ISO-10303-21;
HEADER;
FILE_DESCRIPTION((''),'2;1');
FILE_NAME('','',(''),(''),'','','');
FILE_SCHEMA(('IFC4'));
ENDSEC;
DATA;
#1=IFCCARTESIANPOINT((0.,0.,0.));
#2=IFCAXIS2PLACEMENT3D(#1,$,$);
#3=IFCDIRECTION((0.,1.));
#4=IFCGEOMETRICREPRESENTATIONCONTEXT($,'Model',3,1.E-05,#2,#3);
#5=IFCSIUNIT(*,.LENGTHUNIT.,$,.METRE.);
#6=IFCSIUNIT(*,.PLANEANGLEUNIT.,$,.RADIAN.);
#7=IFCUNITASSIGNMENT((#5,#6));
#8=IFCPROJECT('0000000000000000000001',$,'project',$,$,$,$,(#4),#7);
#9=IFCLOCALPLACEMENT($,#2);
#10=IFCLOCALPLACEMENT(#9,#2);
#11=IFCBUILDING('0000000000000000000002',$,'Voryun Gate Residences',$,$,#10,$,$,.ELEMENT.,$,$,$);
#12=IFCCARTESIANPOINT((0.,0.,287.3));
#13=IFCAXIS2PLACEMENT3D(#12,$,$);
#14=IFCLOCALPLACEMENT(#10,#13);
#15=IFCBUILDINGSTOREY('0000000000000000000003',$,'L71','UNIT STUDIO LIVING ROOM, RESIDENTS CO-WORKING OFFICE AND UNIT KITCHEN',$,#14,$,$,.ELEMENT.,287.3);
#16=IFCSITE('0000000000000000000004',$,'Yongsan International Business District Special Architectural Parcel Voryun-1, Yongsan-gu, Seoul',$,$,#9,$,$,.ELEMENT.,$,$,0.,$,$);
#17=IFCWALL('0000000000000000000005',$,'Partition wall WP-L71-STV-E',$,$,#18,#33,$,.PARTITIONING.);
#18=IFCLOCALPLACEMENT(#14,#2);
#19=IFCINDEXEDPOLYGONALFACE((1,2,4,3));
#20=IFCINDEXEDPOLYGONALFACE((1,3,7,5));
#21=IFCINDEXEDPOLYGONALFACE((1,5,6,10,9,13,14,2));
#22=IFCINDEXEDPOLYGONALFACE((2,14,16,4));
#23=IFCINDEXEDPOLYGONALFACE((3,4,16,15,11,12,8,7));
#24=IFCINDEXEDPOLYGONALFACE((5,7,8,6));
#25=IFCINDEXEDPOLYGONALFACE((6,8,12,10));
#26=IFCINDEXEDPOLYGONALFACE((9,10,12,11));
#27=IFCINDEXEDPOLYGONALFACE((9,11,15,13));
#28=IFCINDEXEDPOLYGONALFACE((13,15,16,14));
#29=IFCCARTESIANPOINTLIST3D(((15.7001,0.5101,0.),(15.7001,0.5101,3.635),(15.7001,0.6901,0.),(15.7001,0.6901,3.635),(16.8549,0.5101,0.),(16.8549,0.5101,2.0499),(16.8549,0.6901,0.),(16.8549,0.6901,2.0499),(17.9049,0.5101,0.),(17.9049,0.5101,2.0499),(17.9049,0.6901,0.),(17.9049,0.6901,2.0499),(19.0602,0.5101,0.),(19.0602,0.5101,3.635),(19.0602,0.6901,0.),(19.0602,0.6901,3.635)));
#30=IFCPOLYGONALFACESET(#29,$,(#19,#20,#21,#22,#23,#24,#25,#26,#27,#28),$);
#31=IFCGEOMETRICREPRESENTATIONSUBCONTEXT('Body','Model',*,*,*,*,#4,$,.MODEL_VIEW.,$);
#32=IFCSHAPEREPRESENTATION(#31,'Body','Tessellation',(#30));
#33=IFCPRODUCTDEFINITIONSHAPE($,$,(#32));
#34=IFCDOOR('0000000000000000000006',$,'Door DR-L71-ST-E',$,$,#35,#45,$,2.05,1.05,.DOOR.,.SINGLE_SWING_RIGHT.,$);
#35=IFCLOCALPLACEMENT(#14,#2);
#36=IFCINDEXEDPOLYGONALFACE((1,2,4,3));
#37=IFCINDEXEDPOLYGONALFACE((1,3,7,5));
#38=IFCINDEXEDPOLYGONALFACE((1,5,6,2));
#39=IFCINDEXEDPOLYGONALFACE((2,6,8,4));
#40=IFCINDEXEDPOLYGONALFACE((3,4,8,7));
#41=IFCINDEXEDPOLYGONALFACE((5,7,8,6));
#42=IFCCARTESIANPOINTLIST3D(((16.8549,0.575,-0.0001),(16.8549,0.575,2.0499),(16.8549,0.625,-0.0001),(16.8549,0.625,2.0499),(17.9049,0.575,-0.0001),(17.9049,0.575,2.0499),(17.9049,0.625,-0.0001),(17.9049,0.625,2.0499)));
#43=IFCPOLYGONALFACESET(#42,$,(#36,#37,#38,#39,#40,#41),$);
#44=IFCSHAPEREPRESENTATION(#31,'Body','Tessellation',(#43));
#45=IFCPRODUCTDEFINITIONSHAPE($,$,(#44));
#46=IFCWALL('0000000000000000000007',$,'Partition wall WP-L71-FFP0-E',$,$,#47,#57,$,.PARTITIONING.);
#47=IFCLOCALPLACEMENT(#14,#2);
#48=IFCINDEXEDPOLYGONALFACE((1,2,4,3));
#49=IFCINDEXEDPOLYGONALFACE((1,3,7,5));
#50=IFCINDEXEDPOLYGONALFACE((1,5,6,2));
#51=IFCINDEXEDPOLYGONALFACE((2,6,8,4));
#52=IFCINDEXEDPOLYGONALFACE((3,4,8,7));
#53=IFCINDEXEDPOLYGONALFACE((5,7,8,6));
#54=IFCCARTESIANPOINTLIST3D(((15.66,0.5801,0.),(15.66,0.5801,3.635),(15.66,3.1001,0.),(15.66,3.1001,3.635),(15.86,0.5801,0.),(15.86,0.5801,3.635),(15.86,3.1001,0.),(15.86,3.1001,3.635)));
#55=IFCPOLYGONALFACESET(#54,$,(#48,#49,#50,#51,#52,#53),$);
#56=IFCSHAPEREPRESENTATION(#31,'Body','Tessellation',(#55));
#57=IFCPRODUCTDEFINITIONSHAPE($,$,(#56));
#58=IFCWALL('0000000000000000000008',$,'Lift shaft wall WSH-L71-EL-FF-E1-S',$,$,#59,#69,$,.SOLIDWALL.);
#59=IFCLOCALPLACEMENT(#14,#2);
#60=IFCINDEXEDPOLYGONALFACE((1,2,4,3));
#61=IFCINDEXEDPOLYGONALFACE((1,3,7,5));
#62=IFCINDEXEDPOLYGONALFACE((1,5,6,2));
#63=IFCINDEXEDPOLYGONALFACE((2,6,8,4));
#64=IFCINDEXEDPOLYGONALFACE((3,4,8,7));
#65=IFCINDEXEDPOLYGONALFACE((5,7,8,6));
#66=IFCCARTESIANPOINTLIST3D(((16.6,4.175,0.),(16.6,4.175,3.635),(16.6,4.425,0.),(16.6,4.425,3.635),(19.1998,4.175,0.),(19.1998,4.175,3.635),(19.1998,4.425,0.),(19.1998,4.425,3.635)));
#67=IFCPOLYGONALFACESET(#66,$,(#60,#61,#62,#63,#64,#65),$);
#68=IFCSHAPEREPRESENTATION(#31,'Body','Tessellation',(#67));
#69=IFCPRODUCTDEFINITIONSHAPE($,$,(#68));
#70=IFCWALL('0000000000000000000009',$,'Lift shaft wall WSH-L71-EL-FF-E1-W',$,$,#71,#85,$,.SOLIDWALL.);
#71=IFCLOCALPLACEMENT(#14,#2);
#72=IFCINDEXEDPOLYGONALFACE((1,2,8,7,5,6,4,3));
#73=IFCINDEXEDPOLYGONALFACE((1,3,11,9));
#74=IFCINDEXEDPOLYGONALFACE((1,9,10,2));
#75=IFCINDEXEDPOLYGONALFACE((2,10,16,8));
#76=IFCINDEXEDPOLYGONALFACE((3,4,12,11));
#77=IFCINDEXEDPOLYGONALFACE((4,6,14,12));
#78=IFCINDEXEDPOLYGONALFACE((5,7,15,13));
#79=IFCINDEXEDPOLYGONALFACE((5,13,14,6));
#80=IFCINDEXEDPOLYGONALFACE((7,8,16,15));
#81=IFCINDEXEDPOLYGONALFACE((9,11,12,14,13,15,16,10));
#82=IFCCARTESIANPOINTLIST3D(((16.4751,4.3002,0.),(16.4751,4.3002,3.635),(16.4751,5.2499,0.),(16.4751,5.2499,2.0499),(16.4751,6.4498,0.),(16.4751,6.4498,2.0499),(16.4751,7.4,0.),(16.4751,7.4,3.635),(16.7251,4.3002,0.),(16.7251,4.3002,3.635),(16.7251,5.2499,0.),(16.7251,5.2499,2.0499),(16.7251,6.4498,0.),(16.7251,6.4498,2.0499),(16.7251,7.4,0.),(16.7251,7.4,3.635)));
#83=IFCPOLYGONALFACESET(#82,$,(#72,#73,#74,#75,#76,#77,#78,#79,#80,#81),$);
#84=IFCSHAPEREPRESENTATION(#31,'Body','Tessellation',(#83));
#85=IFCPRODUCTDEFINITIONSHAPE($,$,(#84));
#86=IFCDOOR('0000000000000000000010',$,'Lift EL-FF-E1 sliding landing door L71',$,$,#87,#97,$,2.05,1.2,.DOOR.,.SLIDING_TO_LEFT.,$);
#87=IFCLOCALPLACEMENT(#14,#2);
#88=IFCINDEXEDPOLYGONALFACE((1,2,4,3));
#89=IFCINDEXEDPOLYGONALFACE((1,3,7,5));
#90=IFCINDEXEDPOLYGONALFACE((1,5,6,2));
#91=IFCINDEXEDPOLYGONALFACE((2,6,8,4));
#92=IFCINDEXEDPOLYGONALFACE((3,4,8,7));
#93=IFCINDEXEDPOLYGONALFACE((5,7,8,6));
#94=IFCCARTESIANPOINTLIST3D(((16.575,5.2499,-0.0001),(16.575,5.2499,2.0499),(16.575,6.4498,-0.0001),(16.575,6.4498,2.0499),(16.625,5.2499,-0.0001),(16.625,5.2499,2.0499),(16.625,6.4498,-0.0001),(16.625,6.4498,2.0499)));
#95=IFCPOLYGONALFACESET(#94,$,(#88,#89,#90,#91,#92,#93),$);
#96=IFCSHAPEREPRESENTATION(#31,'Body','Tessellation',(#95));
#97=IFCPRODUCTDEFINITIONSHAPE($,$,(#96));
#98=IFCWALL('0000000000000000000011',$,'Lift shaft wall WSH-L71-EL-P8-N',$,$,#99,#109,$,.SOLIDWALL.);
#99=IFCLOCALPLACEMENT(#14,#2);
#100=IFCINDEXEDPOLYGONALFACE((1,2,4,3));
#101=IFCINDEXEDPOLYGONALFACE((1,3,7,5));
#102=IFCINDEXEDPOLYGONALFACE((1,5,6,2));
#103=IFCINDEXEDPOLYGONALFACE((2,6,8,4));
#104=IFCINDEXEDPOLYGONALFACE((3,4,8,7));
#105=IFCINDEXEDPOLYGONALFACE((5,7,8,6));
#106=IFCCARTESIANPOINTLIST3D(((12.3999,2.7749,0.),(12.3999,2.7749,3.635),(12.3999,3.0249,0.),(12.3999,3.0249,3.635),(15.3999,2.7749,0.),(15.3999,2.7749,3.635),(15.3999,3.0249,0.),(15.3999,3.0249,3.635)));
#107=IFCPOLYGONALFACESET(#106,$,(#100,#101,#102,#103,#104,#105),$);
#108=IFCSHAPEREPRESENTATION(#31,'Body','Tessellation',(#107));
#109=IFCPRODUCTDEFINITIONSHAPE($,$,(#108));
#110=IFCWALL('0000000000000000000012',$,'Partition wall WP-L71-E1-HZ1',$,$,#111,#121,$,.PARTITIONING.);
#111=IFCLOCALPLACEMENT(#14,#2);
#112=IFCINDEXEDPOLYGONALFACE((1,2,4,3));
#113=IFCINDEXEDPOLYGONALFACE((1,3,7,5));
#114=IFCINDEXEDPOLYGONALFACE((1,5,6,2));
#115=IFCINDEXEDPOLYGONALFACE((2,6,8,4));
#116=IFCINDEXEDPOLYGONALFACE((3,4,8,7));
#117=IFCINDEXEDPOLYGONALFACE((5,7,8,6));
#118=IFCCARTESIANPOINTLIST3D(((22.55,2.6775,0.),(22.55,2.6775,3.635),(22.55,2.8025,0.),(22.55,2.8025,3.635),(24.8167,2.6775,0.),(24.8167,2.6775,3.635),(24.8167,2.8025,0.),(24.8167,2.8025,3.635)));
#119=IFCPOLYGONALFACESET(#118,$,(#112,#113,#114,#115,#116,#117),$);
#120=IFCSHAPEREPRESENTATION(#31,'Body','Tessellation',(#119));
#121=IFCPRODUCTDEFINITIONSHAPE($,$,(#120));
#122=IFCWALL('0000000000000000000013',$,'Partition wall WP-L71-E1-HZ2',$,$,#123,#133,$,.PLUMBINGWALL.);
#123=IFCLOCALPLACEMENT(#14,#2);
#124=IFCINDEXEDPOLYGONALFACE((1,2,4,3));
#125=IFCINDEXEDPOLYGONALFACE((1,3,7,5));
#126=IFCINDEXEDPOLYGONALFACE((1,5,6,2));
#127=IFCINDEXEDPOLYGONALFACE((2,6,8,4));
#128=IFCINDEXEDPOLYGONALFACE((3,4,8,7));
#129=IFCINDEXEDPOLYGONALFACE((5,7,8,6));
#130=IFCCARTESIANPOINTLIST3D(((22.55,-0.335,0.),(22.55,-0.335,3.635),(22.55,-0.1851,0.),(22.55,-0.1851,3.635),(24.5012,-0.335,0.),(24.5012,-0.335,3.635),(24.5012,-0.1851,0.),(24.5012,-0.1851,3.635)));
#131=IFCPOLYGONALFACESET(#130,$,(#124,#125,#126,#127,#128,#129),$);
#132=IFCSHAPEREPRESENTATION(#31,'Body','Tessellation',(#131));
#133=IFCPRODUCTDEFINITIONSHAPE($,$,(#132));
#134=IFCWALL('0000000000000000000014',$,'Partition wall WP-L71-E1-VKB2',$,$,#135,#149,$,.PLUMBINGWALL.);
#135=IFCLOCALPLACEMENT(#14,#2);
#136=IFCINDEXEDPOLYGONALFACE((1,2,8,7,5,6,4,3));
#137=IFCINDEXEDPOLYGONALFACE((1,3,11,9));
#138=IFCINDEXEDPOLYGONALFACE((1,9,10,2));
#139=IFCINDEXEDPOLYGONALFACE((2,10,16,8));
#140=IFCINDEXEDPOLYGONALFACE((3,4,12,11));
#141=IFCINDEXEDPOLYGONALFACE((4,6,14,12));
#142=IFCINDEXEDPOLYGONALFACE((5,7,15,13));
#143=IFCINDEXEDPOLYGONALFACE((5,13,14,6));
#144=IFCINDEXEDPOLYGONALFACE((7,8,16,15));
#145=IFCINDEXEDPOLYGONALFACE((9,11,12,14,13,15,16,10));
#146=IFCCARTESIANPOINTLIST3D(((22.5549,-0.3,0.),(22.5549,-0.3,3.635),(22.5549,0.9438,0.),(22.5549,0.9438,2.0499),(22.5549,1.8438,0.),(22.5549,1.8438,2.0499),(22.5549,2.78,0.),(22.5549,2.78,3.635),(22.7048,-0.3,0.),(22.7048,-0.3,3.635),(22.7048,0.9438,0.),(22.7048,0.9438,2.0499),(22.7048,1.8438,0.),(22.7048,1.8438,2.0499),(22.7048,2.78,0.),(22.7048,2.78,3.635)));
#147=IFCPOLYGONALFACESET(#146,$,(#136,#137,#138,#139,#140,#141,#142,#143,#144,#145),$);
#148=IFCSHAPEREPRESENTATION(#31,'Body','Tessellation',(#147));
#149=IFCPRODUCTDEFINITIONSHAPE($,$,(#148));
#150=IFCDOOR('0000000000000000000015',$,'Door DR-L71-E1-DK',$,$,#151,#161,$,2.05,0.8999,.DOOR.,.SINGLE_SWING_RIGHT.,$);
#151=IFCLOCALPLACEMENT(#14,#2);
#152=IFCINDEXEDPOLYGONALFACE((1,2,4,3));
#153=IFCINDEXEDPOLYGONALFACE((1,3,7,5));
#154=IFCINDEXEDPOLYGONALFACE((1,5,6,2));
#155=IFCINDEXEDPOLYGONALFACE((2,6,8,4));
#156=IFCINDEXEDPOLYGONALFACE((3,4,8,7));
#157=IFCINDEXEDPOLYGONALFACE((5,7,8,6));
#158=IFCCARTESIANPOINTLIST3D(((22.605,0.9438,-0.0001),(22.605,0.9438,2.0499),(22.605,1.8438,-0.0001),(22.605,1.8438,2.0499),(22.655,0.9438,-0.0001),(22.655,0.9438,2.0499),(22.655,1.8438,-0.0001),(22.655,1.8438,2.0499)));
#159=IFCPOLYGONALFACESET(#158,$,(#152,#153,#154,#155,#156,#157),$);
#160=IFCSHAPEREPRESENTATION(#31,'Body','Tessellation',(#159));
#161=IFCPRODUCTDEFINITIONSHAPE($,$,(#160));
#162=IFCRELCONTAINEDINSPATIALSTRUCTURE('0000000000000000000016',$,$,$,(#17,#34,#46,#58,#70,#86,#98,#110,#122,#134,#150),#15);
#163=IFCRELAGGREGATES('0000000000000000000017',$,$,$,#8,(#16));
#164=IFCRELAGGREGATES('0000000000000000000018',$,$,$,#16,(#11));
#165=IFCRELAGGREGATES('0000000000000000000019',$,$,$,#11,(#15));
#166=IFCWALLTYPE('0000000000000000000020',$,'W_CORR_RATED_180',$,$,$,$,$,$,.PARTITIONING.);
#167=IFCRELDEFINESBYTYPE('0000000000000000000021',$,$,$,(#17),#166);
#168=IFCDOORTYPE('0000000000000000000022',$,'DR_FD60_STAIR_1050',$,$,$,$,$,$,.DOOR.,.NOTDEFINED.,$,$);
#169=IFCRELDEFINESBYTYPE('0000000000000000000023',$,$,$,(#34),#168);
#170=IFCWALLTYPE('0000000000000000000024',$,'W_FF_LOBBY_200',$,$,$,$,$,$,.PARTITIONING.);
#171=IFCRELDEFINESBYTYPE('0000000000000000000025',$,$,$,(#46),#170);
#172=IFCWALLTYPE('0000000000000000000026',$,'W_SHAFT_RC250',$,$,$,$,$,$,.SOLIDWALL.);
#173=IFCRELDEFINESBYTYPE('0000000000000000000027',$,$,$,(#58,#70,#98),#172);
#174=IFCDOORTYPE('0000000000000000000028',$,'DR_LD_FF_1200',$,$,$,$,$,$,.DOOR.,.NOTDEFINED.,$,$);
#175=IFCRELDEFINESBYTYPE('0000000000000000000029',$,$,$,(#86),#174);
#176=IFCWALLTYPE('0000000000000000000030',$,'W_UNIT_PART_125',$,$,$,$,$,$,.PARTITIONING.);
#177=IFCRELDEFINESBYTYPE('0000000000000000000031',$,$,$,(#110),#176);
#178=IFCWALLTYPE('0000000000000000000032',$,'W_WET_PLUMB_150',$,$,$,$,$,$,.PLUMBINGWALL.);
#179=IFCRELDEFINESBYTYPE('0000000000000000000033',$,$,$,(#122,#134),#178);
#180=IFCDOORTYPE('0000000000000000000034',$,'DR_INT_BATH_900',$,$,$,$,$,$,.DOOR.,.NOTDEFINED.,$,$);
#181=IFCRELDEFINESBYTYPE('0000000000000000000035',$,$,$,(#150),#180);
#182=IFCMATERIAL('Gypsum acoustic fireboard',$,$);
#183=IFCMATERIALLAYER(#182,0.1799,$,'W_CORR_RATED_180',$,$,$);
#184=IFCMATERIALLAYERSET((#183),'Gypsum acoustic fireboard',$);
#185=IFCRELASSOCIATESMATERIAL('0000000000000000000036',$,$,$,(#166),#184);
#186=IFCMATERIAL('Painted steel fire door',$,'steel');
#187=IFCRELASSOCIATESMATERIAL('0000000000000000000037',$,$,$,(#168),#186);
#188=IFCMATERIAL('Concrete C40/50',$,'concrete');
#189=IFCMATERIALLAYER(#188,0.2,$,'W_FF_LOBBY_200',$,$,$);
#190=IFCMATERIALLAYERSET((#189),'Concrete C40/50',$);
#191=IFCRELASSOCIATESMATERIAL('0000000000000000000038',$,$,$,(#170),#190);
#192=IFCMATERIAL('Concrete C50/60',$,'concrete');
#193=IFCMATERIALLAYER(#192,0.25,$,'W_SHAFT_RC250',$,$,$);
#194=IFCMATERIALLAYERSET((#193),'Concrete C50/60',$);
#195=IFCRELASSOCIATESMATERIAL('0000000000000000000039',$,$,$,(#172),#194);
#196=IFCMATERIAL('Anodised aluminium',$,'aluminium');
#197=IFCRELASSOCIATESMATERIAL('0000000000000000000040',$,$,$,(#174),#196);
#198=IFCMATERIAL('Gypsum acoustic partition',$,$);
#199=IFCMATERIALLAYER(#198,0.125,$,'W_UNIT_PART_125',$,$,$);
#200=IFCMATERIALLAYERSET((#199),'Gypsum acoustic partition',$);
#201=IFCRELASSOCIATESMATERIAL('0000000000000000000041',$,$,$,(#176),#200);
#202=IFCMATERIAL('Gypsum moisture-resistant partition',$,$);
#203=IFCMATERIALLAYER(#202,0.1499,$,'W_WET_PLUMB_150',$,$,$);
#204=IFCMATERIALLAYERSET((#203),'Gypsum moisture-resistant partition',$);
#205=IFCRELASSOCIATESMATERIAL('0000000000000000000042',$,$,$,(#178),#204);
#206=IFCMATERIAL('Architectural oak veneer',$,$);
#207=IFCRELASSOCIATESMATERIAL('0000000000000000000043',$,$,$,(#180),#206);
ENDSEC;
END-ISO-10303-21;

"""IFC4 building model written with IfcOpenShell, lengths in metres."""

from ifc_helpers import new_model, si_unit, direction, frame, frame_2d, origin, place, context, subcontext, project, spatial, rectangle, extrude, material, layer, layer_set, type_object, element, fill, save


model = new_model("IFC4")

# Units and contexts
model_context = context("Model", 3, precision=1e-05, world=origin(), true_north=direction((0.0, 1.0)))
body_context = subcontext(model_context, "Body", "Model", "MODEL_VIEW")
ifc_project = project(units=[si_unit("LENGTHUNIT", "METRE"), si_unit("PLANEANGLEUNIT", "RADIAN")], contexts=[model_context])

# Site, building, storey
site_placement = place(None, origin())
site = spatial("IfcSite", under=ifc_project, at=site_placement, Name="Yongsan International Business District Special Architectural Parcel Voryun-1, Yongsan-gu, Seoul", CompositionType="ELEMENT", RefElevation=0.0)
building_placement = place(site_placement, origin())
building = spatial("IfcBuilding", under=site, at=building_placement, Name="Voryun Gate Residences", CompositionType="ELEMENT")
storey_placement = place(building_placement, frame((0.0, 0.0, 287.3)))
storey = spatial("IfcBuildingStorey", under=building, at=storey_placement, Name="L71", Description="UNIT STUDIO LIVING ROOM, RESIDENTS CO-WORKING OFFICE AND UNIT KITCHEN", CompositionType="ELEMENT", Elevation=287.3)

# Wall, opening, door
ifc_material_1 = material(Name="Gypsum acoustic fireboard")
ifc_layer_1 = layer(ifc_material_1, 0.1799, Name="W_CORR_RATED_180")
ifc_layer_set_1 = layer_set([ifc_layer_1], Name="Gypsum acoustic fireboard")
wall_type_1 = type_object("IfcWallType", Name="W_CORR_RATED_180", PredefinedType="PARTITIONING", material=ifc_layer_set_1)
wall_1_placement = place(storey_placement, frame((15.7, 0.6001, 0.0), z_axis=(0.0, 0.0, 1.0), x_axis=(1.0, 0.0, 0.0)))
wall_1 = element("IfcWall", 1, at=wall_1_placement, inside=storey, type_object=wall_type_1, Name="Partition wall WP-L71-STV-E", PredefinedType="PARTITIONING", context=body_context, shape_type="SweptSolid", body=[
    extrude(rectangle(XDim=3.3601, YDim=0.1799, at=frame_2d((1.6802, 0.0))), origin(), (0.0, 0.0, 1.0), 3.635),
])
opening_1_placement = place(wall_1_placement, frame((1.155, 0.0, 0.0)))
opening_1 = element("IfcOpeningElement", 2, at=opening_1_placement, cuts=wall_1, PredefinedType="OPENING", context=body_context, shape_type="SweptSolid", body=[
    extrude(rectangle(XDim=1.05, YDim=2.05, at=frame_2d((0.5249, 1.0249))), frame((0.0, 0.0999, 0.0), z_axis=(0.0, -1.0, 0.0), x_axis=(1.0, 0.0, 0.0)), (0.0, 0.0, 1.0), 0.2),
])
ifc_material_2 = material(Name="Painted steel fire door", Category="steel")
door_type_1 = type_object("IfcDoorType", Name="DR_FD60_STAIR_1050", OperationType="NOTDEFINED", PredefinedType="DOOR", material=ifc_material_2)
door_1_placement = place(opening_1_placement, origin())
door_1 = element("IfcDoor", 3, at=door_1_placement, inside=storey, type_object=door_type_1, Name="Door DR-L71-ST-E", OperationType="SINGLE_SWING_RIGHT", OverallHeight=2.05, OverallWidth=1.05, PredefinedType="DOOR", context=body_context, shape_type="SweptSolid", body=[
    extrude(rectangle(XDim=1.05, YDim=2.05, at=frame_2d((0.5249, 1.0249))), frame((0.0, 0.0249, 0.0), z_axis=(0.0, -1.0, 0.0), x_axis=(1.0, 0.0, 0.0)), (0.0, 0.0, 1.0), 0.05),
])
fill(opening_1, door_1)

# Walls
ifc_material_3 = material(Name="Concrete C40/50", Category="concrete")
ifc_layer_2 = layer(ifc_material_3, 0.2, Name="W_FF_LOBBY_200")
ifc_layer_set_2 = layer_set([ifc_layer_2], Name="Concrete C40/50")
wall_type_2 = type_object("IfcWallType", Name="W_FF_LOBBY_200", PredefinedType="PARTITIONING", material=ifc_layer_set_2)
wall_2_placement = place(storey_placement, frame((15.76, 0.5801, 0.0), z_axis=(0.0, 0.0, 1.0), x_axis=(0.0, 1.0, 0.0)))
element("IfcWall", 4, at=wall_2_placement, inside=storey, type_object=wall_type_2, Name="Partition wall WP-L71-FFP0-E", PredefinedType="PARTITIONING", context=body_context, shape_type="SweptSolid", body=[
    extrude(rectangle(XDim=2.52, YDim=0.2, at=frame_2d((1.26, 0.0))), origin(), (0.0, 0.0, 1.0), 3.635),
])
ifc_material_4 = material(Name="Concrete C50/60", Category="concrete")
ifc_layer_3 = layer(ifc_material_4, 0.25, Name="W_SHAFT_RC250")
ifc_layer_set_3 = layer_set([ifc_layer_3], Name="Concrete C50/60")
wall_type_3 = type_object("IfcWallType", Name="W_SHAFT_RC250", PredefinedType="SOLIDWALL", material=ifc_layer_set_3)
wall_3_placement = place(storey_placement, frame((16.6001, 4.3, 0.0), z_axis=(0.0, 0.0, 1.0), x_axis=(1.0, 0.0, 0.0)))
element("IfcWall", 5, at=wall_3_placement, inside=storey, type_object=wall_type_3, Name="Lift shaft wall WSH-L71-EL-FF-E1-S", PredefinedType="SOLIDWALL", context=body_context, shape_type="SweptSolid", body=[
    extrude(rectangle(XDim=2.5999, YDim=0.25, at=frame_2d((1.2998, 0.0))), origin(), (0.0, 0.0, 1.0), 3.635),
])

# Wall, opening, door
wall_4_placement = place(storey_placement, frame((16.6001, 7.3999, 0.0), z_axis=(0.0, 0.0, 1.0), x_axis=(0.0, -1.0, 0.0)))
wall_4 = element("IfcWall", 6, at=wall_4_placement, inside=storey, type_object=wall_type_3, Name="Lift shaft wall WSH-L71-EL-FF-E1-W", PredefinedType="SOLIDWALL", context=body_context, shape_type="SweptSolid", body=[
    extrude(rectangle(XDim=3.0999, YDim=0.25, at=frame_2d((1.5498, 0.0))), origin(), (0.0, 0.0, 1.0), 3.635),
])
opening_2_placement = place(wall_4_placement, frame((0.95, 0.0, 0.0)))
opening_2 = element("IfcOpeningElement", 7, at=opening_2_placement, cuts=wall_4, PredefinedType="OPENING", context=body_context, shape_type="SweptSolid", body=[
    extrude(rectangle(XDim=1.2, YDim=2.05, at=frame_2d((0.6001, 1.0249))), frame((0.0, 0.135, 0.0), z_axis=(0.0, -1.0, 0.0), x_axis=(1.0, 0.0, 0.0)), (0.0, 0.0, 1.0), 0.27),
])
ifc_material_5 = material(Name="Anodised aluminium", Category="aluminium")
door_type_2 = type_object("IfcDoorType", Name="DR_LD_FF_1200", OperationType="NOTDEFINED", PredefinedType="DOOR", material=ifc_material_5)
door_2_placement = place(opening_2_placement, origin())
door_2 = element("IfcDoor", 8, at=door_2_placement, inside=storey, type_object=door_type_2, Name="Lift EL-FF-E1 sliding landing door L71", OperationType="SLIDING_TO_LEFT", OverallHeight=2.05, OverallWidth=1.2, PredefinedType="DOOR", context=body_context, shape_type="SweptSolid", body=[
    extrude(rectangle(XDim=1.2, YDim=2.05, at=frame_2d((0.6001, 1.0249))), frame((0.0, 0.0249, 0.0), z_axis=(0.0, -1.0, 0.0), x_axis=(1.0, 0.0, 0.0)), (0.0, 0.0, 1.0), 0.05),
])
fill(opening_2, door_2)

# Walls
wall_5_placement = place(storey_placement, frame((15.3999, 2.8999, 0.0), z_axis=(0.0, 0.0, 1.0), x_axis=(-1.0, 0.0, 0.0)))
element("IfcWall", 9, at=wall_5_placement, inside=storey, type_object=wall_type_3, Name="Lift shaft wall WSH-L71-EL-P8-N", PredefinedType="SOLIDWALL", context=body_context, shape_type="SweptSolid", body=[
    extrude(rectangle(XDim=3.0, YDim=0.25, at=frame_2d((1.5, 0.0))), origin(), (0.0, 0.0, 1.0), 3.635),
])
ifc_material_6 = material(Name="Gypsum acoustic partition")
ifc_layer_4 = layer(ifc_material_6, 0.125, Name="W_UNIT_PART_125")
ifc_layer_set_4 = layer_set([ifc_layer_4], Name="Gypsum acoustic partition")
wall_type_4 = type_object("IfcWallType", Name="W_UNIT_PART_125", PredefinedType="PARTITIONING", material=ifc_layer_set_4)
wall_6_placement = place(storey_placement, frame((22.55, 2.74, 0.0), z_axis=(0.0, 0.0, 1.0), x_axis=(1.0, 0.0, 0.0)))
element("IfcWall", 10, at=wall_6_placement, inside=storey, type_object=wall_type_4, Name="Partition wall WP-L71-E1-HZ1", PredefinedType="PARTITIONING", context=body_context, shape_type="SweptSolid", body=[
    extrude(rectangle(XDim=2.2666, YDim=0.125, at=frame_2d((1.1333, 0.0))), origin(), (0.0, 0.0, 1.0), 3.635),
])
ifc_material_7 = material(Name="Gypsum moisture-resistant partition")
ifc_layer_5 = layer(ifc_material_7, 0.1499, Name="W_WET_PLUMB_150")
ifc_layer_set_5 = layer_set([ifc_layer_5], Name="Gypsum moisture-resistant partition")
wall_type_5 = type_object("IfcWallType", Name="W_WET_PLUMB_150", PredefinedType="PLUMBINGWALL", material=ifc_layer_set_5)
wall_7_placement = place(storey_placement, frame((22.55, -0.26, 0.0), z_axis=(0.0, 0.0, 1.0), x_axis=(1.0, 0.0, 0.0)))
element("IfcWall", 11, at=wall_7_placement, inside=storey, type_object=wall_type_5, Name="Partition wall WP-L71-E1-HZ2", PredefinedType="PLUMBINGWALL", context=body_context, shape_type="SweptSolid", body=[
    extrude(rectangle(XDim=1.9512, YDim=0.1499, at=frame_2d((0.9756, 0.0))), origin(), (0.0, 0.0, 1.0), 3.635),
])

# Wall, opening, door
wall_8_placement = place(storey_placement, frame((22.6299, -0.3, 0.0), z_axis=(0.0, 0.0, 1.0), x_axis=(0.0, 1.0, 0.0)))
wall_8 = element("IfcWall", 12, at=wall_8_placement, inside=storey, type_object=wall_type_5, Name="Partition wall WP-L71-E1-VKB2", PredefinedType="PLUMBINGWALL", context=body_context, shape_type="SweptSolid", body=[
    extrude(rectangle(XDim=3.0801, YDim=0.1499, at=frame_2d((1.54, 0.0))), origin(), (0.0, 0.0, 1.0), 3.635),
])
opening_3_placement = place(wall_8_placement, frame((1.2439, 0.0, 0.0)))
opening_3 = element("IfcOpeningElement", 13, at=opening_3_placement, cuts=wall_8, PredefinedType="OPENING", context=body_context, shape_type="SweptSolid", body=[
    extrude(rectangle(XDim=0.8999, YDim=2.05, at=frame_2d((0.45, 1.0249))), frame((0.0, 0.085, 0.0), z_axis=(0.0, -1.0, 0.0), x_axis=(1.0, 0.0, 0.0)), (0.0, 0.0, 1.0), 0.1699),
])
ifc_material_8 = material(Name="Architectural oak veneer")
door_type_3 = type_object("IfcDoorType", Name="DR_INT_BATH_900", OperationType="NOTDEFINED", PredefinedType="DOOR", material=ifc_material_8)
door_3_placement = place(opening_3_placement, origin())
door_3 = element("IfcDoor", 14, at=door_3_placement, inside=storey, type_object=door_type_3, Name="Door DR-L71-E1-DK", OperationType="SINGLE_SWING_RIGHT", OverallHeight=2.05, OverallWidth=0.8999, PredefinedType="DOOR", context=body_context, shape_type="SweptSolid", body=[
    extrude(rectangle(XDim=0.8999, YDim=2.05, at=frame_2d((0.45, 1.0249))), frame((0.0, 0.0249, 0.0), z_axis=(0.0, -1.0, 0.0), x_axis=(1.0, 0.0, 0.0)), (0.0, 0.0, 1.0), 0.05),
])
fill(opening_3, door_3)

save(model, "model.ifc")
